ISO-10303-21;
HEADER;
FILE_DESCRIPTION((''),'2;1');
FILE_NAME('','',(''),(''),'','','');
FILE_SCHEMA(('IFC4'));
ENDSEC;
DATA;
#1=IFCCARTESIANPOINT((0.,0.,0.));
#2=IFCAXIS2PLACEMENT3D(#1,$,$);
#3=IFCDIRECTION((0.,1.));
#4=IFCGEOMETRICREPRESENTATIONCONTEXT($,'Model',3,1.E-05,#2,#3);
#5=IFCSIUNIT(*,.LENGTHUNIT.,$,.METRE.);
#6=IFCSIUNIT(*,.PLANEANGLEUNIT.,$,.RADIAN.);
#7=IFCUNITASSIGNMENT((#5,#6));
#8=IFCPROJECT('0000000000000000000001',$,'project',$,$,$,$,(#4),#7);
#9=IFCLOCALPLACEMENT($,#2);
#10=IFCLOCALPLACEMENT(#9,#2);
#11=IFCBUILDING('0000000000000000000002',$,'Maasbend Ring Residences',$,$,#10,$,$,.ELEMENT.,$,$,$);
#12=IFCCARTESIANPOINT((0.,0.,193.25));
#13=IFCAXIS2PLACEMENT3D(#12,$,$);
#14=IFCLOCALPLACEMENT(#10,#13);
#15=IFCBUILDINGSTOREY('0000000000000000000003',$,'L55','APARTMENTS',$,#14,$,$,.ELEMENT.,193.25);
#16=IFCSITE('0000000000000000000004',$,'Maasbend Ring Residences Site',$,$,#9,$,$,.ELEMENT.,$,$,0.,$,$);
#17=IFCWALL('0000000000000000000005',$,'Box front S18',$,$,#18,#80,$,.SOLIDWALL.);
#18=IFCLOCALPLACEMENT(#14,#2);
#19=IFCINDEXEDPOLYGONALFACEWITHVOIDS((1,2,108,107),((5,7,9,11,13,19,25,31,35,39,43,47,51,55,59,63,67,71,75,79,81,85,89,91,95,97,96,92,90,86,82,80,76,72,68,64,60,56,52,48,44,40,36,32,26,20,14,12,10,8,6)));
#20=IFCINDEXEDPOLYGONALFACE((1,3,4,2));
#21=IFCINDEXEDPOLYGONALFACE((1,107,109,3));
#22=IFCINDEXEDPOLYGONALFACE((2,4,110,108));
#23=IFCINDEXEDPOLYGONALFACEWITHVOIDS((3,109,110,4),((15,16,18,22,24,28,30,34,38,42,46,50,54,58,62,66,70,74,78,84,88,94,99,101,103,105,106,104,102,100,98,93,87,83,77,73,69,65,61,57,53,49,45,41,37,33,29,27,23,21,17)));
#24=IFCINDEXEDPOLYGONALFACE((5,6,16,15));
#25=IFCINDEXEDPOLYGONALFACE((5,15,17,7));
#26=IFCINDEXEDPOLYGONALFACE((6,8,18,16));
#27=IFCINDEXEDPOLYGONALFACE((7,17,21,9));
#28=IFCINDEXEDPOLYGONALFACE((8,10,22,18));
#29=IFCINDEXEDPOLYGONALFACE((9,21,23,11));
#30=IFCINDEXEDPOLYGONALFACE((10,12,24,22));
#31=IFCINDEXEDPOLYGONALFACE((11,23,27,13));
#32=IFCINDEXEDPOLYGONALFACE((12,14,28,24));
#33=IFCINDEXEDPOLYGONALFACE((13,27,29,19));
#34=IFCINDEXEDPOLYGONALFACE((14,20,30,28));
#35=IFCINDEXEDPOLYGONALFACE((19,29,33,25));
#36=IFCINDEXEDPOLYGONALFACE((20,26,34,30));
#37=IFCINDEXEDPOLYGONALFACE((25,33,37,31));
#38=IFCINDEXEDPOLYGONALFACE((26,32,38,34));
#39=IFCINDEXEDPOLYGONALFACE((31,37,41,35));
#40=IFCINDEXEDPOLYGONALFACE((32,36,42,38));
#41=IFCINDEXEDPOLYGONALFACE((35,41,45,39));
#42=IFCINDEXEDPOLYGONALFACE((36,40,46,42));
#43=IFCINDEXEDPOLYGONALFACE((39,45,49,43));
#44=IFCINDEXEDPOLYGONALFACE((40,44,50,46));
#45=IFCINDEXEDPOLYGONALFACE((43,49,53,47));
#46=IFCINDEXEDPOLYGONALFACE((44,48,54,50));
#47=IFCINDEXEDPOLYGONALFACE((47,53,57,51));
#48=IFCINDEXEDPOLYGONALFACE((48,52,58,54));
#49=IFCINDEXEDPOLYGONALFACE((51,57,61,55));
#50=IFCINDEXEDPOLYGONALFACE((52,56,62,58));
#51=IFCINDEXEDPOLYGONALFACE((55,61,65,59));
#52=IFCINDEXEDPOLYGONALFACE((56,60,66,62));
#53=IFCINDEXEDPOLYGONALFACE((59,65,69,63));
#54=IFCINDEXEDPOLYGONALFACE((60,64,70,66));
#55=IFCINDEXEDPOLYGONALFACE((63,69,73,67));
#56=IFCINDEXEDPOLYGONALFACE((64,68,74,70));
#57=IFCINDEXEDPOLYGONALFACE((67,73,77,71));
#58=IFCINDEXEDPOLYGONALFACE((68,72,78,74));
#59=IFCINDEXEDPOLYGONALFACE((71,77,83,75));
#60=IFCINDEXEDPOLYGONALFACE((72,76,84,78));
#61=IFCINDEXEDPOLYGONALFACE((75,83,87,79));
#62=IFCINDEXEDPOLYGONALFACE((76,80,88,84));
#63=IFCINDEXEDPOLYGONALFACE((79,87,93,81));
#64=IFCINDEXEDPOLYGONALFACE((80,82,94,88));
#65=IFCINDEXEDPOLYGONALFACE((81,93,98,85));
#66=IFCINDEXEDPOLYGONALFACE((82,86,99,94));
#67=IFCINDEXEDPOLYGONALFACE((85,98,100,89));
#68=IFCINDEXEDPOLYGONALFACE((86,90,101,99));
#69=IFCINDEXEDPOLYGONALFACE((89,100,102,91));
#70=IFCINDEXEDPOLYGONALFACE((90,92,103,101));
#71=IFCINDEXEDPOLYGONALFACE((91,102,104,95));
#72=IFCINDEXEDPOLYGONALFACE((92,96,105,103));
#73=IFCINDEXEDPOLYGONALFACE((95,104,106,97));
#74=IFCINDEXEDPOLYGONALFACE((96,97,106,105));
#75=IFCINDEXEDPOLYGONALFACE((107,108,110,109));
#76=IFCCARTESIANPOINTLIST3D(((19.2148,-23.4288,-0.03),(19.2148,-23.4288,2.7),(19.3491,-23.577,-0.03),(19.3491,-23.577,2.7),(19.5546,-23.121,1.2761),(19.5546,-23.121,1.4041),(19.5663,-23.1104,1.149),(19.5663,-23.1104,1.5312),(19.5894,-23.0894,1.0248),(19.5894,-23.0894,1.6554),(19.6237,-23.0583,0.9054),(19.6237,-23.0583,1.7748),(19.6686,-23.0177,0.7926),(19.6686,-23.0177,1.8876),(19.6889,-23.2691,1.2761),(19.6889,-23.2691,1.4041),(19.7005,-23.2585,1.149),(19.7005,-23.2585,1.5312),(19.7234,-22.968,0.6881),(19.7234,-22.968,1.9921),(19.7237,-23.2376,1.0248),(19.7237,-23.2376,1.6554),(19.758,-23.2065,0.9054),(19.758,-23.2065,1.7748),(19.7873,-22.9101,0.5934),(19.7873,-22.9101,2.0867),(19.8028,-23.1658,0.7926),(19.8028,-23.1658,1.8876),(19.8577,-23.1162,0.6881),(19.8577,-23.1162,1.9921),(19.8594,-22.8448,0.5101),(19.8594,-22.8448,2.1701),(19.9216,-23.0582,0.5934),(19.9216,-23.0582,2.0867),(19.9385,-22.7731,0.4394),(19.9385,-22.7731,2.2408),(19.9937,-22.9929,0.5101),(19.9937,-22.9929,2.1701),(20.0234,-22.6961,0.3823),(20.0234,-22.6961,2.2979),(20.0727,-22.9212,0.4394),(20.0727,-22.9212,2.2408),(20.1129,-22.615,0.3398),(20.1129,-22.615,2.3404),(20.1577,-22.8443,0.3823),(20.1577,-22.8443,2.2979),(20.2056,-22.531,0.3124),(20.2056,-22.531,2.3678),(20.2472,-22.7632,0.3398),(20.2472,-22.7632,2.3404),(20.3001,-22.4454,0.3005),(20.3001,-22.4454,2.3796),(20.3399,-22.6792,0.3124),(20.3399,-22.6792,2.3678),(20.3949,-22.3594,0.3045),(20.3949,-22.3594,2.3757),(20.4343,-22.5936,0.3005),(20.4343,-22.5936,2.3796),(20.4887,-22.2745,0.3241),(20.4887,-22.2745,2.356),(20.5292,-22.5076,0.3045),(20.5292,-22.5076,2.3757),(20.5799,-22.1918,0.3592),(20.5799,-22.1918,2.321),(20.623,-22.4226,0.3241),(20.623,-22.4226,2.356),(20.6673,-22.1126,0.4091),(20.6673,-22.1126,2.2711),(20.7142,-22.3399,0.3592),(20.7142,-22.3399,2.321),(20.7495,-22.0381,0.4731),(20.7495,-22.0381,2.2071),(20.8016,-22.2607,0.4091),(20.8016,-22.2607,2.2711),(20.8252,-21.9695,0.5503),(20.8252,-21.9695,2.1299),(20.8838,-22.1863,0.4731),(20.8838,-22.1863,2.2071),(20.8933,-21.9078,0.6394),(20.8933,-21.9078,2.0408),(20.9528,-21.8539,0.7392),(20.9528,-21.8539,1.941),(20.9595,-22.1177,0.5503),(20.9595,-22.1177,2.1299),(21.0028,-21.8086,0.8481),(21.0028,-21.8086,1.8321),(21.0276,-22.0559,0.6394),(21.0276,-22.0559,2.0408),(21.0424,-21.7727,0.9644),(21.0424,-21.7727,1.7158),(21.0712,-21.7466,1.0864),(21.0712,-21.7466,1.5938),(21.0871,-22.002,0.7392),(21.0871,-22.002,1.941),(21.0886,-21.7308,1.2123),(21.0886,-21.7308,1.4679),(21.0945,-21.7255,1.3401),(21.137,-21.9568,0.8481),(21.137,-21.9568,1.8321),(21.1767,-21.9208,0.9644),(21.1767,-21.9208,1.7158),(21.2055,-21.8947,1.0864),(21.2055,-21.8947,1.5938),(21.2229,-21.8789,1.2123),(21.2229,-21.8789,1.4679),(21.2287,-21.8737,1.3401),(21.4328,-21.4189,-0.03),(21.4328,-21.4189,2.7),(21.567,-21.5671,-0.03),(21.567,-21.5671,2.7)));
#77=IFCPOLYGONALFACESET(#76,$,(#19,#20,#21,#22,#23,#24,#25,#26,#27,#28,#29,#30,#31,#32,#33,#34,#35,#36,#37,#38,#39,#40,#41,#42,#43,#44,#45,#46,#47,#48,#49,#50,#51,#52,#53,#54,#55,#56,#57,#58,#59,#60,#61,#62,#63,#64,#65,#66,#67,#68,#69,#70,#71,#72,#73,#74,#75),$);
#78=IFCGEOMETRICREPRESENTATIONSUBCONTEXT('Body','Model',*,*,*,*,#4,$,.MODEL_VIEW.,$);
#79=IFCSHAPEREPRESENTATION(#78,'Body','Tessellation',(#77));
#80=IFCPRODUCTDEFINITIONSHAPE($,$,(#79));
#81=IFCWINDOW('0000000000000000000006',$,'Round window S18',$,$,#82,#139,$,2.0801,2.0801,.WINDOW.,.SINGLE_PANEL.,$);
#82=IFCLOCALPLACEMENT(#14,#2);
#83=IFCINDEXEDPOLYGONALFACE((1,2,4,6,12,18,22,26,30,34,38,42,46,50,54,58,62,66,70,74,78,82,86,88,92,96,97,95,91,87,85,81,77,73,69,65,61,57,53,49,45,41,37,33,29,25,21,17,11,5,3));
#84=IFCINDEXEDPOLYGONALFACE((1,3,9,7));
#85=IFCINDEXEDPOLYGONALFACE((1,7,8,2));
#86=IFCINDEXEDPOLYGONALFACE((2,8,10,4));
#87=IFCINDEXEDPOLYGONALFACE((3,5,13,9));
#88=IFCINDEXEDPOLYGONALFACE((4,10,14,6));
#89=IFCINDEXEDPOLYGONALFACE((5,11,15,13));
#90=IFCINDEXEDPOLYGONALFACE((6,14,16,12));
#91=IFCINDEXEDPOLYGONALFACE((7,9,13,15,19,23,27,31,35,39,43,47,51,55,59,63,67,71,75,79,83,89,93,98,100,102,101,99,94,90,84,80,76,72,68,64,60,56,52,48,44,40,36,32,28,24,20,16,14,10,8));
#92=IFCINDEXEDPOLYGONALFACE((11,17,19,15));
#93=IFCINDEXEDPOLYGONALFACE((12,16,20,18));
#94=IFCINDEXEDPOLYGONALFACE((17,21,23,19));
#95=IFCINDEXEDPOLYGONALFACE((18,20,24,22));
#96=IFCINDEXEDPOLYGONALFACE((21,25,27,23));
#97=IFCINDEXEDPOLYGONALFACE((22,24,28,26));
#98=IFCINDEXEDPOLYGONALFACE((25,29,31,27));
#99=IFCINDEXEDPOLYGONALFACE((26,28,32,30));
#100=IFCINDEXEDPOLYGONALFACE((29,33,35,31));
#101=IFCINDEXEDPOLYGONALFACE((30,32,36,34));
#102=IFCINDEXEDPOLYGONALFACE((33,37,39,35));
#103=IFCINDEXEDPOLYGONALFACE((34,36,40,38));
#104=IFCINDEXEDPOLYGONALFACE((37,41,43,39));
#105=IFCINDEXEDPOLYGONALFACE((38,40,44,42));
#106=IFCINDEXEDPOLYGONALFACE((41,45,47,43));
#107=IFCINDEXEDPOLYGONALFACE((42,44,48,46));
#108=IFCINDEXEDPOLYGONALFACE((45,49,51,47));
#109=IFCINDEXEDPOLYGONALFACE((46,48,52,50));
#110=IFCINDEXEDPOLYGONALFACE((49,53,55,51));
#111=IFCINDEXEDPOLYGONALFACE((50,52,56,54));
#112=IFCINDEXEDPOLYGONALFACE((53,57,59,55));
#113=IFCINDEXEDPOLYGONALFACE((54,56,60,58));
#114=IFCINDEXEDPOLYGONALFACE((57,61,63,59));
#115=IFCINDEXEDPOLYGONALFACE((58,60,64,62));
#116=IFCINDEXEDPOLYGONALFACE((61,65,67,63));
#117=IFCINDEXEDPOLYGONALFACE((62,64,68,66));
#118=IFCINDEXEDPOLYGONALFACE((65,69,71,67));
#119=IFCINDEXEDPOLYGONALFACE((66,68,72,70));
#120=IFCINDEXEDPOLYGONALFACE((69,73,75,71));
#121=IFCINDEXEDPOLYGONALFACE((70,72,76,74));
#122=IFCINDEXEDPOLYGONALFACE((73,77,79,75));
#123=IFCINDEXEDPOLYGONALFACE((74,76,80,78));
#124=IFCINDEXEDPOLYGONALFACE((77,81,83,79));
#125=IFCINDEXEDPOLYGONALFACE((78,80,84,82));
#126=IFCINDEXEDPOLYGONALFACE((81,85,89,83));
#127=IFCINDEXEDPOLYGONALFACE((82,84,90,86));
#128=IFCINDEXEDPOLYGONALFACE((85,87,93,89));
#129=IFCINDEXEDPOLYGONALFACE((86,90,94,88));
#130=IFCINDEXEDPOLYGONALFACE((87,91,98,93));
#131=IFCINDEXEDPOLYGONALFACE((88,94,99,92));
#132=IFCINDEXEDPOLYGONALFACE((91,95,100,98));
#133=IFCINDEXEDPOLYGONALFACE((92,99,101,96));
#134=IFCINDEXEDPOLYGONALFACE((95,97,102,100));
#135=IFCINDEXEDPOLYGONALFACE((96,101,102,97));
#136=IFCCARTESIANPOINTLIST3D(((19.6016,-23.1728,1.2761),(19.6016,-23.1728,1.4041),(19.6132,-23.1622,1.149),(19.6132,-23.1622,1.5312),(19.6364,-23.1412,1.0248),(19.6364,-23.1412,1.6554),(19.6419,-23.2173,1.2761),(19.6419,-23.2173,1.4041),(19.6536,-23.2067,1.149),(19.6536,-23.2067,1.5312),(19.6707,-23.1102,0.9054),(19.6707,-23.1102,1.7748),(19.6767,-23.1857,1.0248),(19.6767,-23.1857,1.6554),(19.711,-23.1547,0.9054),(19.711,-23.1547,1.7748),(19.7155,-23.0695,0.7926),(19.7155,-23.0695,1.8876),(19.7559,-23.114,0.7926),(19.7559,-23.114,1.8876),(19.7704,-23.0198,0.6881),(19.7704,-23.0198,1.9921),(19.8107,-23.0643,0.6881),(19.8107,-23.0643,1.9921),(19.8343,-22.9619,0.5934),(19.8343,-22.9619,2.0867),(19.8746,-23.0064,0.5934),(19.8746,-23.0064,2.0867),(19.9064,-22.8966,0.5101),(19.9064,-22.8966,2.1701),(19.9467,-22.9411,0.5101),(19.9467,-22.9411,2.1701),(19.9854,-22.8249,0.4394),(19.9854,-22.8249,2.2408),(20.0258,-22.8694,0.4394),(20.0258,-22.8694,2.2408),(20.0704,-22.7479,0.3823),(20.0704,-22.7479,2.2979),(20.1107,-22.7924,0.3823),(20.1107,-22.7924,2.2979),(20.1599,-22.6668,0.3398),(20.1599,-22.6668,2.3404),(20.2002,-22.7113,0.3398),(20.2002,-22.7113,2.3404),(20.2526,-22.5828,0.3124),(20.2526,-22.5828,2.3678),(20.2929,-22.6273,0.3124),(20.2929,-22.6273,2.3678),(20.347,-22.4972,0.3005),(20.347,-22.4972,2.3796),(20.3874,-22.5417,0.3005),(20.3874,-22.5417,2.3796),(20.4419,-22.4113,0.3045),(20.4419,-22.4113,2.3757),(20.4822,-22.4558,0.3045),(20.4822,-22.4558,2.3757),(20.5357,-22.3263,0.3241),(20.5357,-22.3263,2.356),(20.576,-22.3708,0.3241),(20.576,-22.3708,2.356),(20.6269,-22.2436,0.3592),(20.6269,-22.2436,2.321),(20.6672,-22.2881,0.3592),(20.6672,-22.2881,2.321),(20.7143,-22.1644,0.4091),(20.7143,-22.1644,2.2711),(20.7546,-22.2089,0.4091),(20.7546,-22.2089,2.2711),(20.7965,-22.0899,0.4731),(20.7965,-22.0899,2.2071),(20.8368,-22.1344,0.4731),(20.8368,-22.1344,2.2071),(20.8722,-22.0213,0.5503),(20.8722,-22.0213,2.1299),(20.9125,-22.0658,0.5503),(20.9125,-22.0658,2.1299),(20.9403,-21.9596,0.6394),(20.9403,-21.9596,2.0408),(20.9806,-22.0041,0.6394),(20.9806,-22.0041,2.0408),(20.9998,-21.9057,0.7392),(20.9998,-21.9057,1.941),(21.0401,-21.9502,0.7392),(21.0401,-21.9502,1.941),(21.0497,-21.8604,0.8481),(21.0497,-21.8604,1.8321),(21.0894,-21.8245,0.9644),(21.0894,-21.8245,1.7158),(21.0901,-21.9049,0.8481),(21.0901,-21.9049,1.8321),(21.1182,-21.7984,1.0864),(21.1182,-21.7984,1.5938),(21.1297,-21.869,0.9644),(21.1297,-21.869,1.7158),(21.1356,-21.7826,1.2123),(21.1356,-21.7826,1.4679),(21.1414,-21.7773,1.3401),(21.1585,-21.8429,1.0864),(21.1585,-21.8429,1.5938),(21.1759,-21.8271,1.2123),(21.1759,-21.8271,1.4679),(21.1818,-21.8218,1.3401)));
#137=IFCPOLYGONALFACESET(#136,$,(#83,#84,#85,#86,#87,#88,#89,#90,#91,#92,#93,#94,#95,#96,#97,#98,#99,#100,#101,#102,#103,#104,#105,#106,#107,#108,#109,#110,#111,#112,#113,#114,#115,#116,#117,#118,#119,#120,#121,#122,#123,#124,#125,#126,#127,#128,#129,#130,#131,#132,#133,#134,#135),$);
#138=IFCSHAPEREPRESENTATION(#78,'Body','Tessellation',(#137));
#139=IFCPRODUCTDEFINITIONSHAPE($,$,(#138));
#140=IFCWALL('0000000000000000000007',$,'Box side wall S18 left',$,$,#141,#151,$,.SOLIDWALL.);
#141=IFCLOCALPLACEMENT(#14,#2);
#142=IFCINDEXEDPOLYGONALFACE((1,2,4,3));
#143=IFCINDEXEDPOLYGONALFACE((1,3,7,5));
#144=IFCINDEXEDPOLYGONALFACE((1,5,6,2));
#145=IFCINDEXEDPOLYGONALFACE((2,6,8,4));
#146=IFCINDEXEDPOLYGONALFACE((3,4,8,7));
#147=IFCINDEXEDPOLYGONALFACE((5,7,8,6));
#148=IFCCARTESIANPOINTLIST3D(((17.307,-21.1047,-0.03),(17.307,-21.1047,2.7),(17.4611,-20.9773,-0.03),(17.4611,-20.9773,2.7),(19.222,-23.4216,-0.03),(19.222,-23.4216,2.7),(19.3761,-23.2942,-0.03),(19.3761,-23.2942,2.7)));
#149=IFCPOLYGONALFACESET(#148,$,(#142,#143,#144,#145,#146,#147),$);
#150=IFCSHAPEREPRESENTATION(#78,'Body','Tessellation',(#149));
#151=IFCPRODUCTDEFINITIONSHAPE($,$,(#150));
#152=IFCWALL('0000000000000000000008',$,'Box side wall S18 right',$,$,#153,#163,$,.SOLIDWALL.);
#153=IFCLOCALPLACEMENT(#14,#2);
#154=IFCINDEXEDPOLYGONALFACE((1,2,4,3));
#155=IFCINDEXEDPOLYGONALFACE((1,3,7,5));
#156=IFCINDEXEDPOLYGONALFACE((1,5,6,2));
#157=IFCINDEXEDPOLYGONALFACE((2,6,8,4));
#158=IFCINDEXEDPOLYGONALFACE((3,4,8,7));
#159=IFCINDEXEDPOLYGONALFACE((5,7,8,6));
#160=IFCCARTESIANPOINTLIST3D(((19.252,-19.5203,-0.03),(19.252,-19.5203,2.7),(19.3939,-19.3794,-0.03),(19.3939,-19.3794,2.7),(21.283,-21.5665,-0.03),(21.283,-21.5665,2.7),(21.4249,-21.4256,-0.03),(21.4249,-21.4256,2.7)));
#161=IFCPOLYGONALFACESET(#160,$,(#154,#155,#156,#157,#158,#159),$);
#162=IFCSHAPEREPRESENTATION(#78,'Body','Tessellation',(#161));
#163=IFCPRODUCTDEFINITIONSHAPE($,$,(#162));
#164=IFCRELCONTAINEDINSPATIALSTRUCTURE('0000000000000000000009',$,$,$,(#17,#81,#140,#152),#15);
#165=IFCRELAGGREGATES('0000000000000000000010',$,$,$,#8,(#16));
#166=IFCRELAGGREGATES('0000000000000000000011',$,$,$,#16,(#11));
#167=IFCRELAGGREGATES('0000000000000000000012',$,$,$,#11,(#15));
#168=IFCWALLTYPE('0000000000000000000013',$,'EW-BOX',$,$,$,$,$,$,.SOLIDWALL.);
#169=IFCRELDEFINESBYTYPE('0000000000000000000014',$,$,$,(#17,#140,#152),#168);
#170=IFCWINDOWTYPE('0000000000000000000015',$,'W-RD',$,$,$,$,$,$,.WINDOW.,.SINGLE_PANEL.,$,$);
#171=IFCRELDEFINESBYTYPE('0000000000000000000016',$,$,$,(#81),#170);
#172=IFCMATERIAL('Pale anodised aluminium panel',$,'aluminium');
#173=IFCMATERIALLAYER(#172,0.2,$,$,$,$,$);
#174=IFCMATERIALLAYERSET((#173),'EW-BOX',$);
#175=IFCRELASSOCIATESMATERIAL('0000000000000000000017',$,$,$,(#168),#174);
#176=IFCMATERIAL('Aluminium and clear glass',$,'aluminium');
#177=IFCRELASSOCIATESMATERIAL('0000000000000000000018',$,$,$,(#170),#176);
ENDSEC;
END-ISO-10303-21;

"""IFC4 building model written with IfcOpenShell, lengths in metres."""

from ifc_helpers import new_model, si_unit, direction, frame, frame_2d, origin, place, context, subcontext, project, spatial, rectangle, circle, extrude, material, layer, layer_set, type_object, element, fill, save


model = new_model("IFC4")

# Units and contexts
model_context = context("Model", 3, precision=1e-05, world=origin(), true_north=direction((0.0, 1.0)))
body_context = subcontext(model_context, "Body", "Model", "MODEL_VIEW")
ifc_project = project(units=[si_unit("LENGTHUNIT", "METRE"), si_unit("PLANEANGLEUNIT", "RADIAN")], contexts=[model_context])

# Site, building, storey
site_placement = place(None, origin())
site = spatial("IfcSite", under=ifc_project, at=site_placement, Name="Maasbend Ring Residences Site", CompositionType="ELEMENT", RefElevation=0.0)
building_placement = place(site_placement, origin())
building = spatial("IfcBuilding", under=site, at=building_placement, Name="Maasbend Ring Residences", CompositionType="ELEMENT")
storey_placement = place(building_placement, frame((0.0, 0.0, 193.25)))
storey = spatial("IfcBuildingStorey", under=building, at=storey_placement, Name="L55", Description="APARTMENTS", CompositionType="ELEMENT", Elevation=193.25)

# Shared definitions
ifc_material_1 = material(Name="Pale anodised aluminium panel", Category="aluminium")
ifc_layer_1 = layer(ifc_material_1, 0.2)
ifc_layer_set_1 = layer_set([ifc_layer_1], Name="EW-BOX")
wall_type_1 = type_object("IfcWallType", Name="EW-BOX", PredefinedType="SOLIDWALL", material=ifc_layer_set_1)
ifc_material_2 = material(Name="Aluminium and clear glass", Category="aluminium")
window_type_1 = type_object("IfcWindowType", Name="W-RD", PartitioningType="SINGLE_PANEL", PredefinedType="WINDOW", material=ifc_material_2)

# Wall, opening, window
wall_1_placement = place(storey_placement, frame((19.282, -23.5029, -0.03), z_axis=(0.0, 0.0, 1.0), x_axis=(0.740998, 0.671507, 0.0)))
wall_1 = element("IfcWall", 1, at=wall_1_placement, inside=storey, type_object=wall_type_1, Name="Box front S18", PredefinedType="SOLIDWALL", context=body_context, shape_type="SweptSolid", body=[
    extrude(rectangle(XDim=2.9932, YDim=0.2, at=frame_2d((1.4966, 0.0))), origin(), (0.0, 0.0, 1.0), 2.73),
])
opening_1_placement = place(wall_1_placement, frame((0.4565, 0.0, 0.3301)))
opening_1 = element("IfcOpeningElement", 2, at=opening_1_placement, cuts=wall_1, PredefinedType="OPENING", context=body_context, shape_type="SweptSolid", body=[
    extrude(circle(Radius=1.04, at=frame_2d((1.04, 1.04))), frame((0.0, 0.1099, 0.0), z_axis=(0.0, -1.0, 0.0), x_axis=(1.0, 0.0, 0.0)), (0.0, 0.0, 1.0), 0.22),
])
window_1_placement = place(opening_1_placement, origin())
window_1 = element("IfcWindow", 3, at=window_1_placement, inside=storey, type_object=window_type_1, Name="Round window S18", OverallHeight=2.0801, OverallWidth=2.0801, PartitioningType="SINGLE_PANEL", PredefinedType="WINDOW", context=body_context, shape_type="SweptSolid", body=[
    extrude(circle(Radius=1.04, at=frame_2d((1.04, 1.04))), frame((0.0, 0.03, 0.0), z_axis=(0.0, -1.0, 0.0), x_axis=(1.0, 0.0, 0.0)), (0.0, 0.0, 1.0), 0.0601),
])
fill(opening_1, window_1)

# Walls
wall_2_placement = place(storey_placement, frame((17.384, -21.041, -0.03), z_axis=(0.0, 0.0, 1.0), x_axis=(0.637096, -0.770785, 0.0)))
element("IfcWall", 4, at=wall_2_placement, inside=storey, type_object=wall_type_1, Name="Box side wall S18 left", PredefinedType="SOLIDWALL", context=body_context, shape_type="SweptSolid", body=[
    extrude(rectangle(XDim=3.0059, YDim=0.2, at=frame_2d((1.5029, 0.0))), origin(), (0.0, 0.0, 1.0), 2.73),
])
wall_3_placement = place(storey_placement, frame((19.323, -19.45, -0.03), z_axis=(0.0, 0.0, 1.0), x_axis=(0.704477, -0.709727, 0.0)))
element("IfcWall", 5, at=wall_3_placement, inside=storey, type_object=wall_type_1, Name="Box side wall S18 right", PredefinedType="SOLIDWALL", context=body_context, shape_type="SweptSolid", body=[
    extrude(rectangle(XDim=2.8831, YDim=0.2, at=frame_2d((1.4414, 0.0))), origin(), (0.0, 0.0, 1.0), 2.73),
])

save(model, "model.ifc")
